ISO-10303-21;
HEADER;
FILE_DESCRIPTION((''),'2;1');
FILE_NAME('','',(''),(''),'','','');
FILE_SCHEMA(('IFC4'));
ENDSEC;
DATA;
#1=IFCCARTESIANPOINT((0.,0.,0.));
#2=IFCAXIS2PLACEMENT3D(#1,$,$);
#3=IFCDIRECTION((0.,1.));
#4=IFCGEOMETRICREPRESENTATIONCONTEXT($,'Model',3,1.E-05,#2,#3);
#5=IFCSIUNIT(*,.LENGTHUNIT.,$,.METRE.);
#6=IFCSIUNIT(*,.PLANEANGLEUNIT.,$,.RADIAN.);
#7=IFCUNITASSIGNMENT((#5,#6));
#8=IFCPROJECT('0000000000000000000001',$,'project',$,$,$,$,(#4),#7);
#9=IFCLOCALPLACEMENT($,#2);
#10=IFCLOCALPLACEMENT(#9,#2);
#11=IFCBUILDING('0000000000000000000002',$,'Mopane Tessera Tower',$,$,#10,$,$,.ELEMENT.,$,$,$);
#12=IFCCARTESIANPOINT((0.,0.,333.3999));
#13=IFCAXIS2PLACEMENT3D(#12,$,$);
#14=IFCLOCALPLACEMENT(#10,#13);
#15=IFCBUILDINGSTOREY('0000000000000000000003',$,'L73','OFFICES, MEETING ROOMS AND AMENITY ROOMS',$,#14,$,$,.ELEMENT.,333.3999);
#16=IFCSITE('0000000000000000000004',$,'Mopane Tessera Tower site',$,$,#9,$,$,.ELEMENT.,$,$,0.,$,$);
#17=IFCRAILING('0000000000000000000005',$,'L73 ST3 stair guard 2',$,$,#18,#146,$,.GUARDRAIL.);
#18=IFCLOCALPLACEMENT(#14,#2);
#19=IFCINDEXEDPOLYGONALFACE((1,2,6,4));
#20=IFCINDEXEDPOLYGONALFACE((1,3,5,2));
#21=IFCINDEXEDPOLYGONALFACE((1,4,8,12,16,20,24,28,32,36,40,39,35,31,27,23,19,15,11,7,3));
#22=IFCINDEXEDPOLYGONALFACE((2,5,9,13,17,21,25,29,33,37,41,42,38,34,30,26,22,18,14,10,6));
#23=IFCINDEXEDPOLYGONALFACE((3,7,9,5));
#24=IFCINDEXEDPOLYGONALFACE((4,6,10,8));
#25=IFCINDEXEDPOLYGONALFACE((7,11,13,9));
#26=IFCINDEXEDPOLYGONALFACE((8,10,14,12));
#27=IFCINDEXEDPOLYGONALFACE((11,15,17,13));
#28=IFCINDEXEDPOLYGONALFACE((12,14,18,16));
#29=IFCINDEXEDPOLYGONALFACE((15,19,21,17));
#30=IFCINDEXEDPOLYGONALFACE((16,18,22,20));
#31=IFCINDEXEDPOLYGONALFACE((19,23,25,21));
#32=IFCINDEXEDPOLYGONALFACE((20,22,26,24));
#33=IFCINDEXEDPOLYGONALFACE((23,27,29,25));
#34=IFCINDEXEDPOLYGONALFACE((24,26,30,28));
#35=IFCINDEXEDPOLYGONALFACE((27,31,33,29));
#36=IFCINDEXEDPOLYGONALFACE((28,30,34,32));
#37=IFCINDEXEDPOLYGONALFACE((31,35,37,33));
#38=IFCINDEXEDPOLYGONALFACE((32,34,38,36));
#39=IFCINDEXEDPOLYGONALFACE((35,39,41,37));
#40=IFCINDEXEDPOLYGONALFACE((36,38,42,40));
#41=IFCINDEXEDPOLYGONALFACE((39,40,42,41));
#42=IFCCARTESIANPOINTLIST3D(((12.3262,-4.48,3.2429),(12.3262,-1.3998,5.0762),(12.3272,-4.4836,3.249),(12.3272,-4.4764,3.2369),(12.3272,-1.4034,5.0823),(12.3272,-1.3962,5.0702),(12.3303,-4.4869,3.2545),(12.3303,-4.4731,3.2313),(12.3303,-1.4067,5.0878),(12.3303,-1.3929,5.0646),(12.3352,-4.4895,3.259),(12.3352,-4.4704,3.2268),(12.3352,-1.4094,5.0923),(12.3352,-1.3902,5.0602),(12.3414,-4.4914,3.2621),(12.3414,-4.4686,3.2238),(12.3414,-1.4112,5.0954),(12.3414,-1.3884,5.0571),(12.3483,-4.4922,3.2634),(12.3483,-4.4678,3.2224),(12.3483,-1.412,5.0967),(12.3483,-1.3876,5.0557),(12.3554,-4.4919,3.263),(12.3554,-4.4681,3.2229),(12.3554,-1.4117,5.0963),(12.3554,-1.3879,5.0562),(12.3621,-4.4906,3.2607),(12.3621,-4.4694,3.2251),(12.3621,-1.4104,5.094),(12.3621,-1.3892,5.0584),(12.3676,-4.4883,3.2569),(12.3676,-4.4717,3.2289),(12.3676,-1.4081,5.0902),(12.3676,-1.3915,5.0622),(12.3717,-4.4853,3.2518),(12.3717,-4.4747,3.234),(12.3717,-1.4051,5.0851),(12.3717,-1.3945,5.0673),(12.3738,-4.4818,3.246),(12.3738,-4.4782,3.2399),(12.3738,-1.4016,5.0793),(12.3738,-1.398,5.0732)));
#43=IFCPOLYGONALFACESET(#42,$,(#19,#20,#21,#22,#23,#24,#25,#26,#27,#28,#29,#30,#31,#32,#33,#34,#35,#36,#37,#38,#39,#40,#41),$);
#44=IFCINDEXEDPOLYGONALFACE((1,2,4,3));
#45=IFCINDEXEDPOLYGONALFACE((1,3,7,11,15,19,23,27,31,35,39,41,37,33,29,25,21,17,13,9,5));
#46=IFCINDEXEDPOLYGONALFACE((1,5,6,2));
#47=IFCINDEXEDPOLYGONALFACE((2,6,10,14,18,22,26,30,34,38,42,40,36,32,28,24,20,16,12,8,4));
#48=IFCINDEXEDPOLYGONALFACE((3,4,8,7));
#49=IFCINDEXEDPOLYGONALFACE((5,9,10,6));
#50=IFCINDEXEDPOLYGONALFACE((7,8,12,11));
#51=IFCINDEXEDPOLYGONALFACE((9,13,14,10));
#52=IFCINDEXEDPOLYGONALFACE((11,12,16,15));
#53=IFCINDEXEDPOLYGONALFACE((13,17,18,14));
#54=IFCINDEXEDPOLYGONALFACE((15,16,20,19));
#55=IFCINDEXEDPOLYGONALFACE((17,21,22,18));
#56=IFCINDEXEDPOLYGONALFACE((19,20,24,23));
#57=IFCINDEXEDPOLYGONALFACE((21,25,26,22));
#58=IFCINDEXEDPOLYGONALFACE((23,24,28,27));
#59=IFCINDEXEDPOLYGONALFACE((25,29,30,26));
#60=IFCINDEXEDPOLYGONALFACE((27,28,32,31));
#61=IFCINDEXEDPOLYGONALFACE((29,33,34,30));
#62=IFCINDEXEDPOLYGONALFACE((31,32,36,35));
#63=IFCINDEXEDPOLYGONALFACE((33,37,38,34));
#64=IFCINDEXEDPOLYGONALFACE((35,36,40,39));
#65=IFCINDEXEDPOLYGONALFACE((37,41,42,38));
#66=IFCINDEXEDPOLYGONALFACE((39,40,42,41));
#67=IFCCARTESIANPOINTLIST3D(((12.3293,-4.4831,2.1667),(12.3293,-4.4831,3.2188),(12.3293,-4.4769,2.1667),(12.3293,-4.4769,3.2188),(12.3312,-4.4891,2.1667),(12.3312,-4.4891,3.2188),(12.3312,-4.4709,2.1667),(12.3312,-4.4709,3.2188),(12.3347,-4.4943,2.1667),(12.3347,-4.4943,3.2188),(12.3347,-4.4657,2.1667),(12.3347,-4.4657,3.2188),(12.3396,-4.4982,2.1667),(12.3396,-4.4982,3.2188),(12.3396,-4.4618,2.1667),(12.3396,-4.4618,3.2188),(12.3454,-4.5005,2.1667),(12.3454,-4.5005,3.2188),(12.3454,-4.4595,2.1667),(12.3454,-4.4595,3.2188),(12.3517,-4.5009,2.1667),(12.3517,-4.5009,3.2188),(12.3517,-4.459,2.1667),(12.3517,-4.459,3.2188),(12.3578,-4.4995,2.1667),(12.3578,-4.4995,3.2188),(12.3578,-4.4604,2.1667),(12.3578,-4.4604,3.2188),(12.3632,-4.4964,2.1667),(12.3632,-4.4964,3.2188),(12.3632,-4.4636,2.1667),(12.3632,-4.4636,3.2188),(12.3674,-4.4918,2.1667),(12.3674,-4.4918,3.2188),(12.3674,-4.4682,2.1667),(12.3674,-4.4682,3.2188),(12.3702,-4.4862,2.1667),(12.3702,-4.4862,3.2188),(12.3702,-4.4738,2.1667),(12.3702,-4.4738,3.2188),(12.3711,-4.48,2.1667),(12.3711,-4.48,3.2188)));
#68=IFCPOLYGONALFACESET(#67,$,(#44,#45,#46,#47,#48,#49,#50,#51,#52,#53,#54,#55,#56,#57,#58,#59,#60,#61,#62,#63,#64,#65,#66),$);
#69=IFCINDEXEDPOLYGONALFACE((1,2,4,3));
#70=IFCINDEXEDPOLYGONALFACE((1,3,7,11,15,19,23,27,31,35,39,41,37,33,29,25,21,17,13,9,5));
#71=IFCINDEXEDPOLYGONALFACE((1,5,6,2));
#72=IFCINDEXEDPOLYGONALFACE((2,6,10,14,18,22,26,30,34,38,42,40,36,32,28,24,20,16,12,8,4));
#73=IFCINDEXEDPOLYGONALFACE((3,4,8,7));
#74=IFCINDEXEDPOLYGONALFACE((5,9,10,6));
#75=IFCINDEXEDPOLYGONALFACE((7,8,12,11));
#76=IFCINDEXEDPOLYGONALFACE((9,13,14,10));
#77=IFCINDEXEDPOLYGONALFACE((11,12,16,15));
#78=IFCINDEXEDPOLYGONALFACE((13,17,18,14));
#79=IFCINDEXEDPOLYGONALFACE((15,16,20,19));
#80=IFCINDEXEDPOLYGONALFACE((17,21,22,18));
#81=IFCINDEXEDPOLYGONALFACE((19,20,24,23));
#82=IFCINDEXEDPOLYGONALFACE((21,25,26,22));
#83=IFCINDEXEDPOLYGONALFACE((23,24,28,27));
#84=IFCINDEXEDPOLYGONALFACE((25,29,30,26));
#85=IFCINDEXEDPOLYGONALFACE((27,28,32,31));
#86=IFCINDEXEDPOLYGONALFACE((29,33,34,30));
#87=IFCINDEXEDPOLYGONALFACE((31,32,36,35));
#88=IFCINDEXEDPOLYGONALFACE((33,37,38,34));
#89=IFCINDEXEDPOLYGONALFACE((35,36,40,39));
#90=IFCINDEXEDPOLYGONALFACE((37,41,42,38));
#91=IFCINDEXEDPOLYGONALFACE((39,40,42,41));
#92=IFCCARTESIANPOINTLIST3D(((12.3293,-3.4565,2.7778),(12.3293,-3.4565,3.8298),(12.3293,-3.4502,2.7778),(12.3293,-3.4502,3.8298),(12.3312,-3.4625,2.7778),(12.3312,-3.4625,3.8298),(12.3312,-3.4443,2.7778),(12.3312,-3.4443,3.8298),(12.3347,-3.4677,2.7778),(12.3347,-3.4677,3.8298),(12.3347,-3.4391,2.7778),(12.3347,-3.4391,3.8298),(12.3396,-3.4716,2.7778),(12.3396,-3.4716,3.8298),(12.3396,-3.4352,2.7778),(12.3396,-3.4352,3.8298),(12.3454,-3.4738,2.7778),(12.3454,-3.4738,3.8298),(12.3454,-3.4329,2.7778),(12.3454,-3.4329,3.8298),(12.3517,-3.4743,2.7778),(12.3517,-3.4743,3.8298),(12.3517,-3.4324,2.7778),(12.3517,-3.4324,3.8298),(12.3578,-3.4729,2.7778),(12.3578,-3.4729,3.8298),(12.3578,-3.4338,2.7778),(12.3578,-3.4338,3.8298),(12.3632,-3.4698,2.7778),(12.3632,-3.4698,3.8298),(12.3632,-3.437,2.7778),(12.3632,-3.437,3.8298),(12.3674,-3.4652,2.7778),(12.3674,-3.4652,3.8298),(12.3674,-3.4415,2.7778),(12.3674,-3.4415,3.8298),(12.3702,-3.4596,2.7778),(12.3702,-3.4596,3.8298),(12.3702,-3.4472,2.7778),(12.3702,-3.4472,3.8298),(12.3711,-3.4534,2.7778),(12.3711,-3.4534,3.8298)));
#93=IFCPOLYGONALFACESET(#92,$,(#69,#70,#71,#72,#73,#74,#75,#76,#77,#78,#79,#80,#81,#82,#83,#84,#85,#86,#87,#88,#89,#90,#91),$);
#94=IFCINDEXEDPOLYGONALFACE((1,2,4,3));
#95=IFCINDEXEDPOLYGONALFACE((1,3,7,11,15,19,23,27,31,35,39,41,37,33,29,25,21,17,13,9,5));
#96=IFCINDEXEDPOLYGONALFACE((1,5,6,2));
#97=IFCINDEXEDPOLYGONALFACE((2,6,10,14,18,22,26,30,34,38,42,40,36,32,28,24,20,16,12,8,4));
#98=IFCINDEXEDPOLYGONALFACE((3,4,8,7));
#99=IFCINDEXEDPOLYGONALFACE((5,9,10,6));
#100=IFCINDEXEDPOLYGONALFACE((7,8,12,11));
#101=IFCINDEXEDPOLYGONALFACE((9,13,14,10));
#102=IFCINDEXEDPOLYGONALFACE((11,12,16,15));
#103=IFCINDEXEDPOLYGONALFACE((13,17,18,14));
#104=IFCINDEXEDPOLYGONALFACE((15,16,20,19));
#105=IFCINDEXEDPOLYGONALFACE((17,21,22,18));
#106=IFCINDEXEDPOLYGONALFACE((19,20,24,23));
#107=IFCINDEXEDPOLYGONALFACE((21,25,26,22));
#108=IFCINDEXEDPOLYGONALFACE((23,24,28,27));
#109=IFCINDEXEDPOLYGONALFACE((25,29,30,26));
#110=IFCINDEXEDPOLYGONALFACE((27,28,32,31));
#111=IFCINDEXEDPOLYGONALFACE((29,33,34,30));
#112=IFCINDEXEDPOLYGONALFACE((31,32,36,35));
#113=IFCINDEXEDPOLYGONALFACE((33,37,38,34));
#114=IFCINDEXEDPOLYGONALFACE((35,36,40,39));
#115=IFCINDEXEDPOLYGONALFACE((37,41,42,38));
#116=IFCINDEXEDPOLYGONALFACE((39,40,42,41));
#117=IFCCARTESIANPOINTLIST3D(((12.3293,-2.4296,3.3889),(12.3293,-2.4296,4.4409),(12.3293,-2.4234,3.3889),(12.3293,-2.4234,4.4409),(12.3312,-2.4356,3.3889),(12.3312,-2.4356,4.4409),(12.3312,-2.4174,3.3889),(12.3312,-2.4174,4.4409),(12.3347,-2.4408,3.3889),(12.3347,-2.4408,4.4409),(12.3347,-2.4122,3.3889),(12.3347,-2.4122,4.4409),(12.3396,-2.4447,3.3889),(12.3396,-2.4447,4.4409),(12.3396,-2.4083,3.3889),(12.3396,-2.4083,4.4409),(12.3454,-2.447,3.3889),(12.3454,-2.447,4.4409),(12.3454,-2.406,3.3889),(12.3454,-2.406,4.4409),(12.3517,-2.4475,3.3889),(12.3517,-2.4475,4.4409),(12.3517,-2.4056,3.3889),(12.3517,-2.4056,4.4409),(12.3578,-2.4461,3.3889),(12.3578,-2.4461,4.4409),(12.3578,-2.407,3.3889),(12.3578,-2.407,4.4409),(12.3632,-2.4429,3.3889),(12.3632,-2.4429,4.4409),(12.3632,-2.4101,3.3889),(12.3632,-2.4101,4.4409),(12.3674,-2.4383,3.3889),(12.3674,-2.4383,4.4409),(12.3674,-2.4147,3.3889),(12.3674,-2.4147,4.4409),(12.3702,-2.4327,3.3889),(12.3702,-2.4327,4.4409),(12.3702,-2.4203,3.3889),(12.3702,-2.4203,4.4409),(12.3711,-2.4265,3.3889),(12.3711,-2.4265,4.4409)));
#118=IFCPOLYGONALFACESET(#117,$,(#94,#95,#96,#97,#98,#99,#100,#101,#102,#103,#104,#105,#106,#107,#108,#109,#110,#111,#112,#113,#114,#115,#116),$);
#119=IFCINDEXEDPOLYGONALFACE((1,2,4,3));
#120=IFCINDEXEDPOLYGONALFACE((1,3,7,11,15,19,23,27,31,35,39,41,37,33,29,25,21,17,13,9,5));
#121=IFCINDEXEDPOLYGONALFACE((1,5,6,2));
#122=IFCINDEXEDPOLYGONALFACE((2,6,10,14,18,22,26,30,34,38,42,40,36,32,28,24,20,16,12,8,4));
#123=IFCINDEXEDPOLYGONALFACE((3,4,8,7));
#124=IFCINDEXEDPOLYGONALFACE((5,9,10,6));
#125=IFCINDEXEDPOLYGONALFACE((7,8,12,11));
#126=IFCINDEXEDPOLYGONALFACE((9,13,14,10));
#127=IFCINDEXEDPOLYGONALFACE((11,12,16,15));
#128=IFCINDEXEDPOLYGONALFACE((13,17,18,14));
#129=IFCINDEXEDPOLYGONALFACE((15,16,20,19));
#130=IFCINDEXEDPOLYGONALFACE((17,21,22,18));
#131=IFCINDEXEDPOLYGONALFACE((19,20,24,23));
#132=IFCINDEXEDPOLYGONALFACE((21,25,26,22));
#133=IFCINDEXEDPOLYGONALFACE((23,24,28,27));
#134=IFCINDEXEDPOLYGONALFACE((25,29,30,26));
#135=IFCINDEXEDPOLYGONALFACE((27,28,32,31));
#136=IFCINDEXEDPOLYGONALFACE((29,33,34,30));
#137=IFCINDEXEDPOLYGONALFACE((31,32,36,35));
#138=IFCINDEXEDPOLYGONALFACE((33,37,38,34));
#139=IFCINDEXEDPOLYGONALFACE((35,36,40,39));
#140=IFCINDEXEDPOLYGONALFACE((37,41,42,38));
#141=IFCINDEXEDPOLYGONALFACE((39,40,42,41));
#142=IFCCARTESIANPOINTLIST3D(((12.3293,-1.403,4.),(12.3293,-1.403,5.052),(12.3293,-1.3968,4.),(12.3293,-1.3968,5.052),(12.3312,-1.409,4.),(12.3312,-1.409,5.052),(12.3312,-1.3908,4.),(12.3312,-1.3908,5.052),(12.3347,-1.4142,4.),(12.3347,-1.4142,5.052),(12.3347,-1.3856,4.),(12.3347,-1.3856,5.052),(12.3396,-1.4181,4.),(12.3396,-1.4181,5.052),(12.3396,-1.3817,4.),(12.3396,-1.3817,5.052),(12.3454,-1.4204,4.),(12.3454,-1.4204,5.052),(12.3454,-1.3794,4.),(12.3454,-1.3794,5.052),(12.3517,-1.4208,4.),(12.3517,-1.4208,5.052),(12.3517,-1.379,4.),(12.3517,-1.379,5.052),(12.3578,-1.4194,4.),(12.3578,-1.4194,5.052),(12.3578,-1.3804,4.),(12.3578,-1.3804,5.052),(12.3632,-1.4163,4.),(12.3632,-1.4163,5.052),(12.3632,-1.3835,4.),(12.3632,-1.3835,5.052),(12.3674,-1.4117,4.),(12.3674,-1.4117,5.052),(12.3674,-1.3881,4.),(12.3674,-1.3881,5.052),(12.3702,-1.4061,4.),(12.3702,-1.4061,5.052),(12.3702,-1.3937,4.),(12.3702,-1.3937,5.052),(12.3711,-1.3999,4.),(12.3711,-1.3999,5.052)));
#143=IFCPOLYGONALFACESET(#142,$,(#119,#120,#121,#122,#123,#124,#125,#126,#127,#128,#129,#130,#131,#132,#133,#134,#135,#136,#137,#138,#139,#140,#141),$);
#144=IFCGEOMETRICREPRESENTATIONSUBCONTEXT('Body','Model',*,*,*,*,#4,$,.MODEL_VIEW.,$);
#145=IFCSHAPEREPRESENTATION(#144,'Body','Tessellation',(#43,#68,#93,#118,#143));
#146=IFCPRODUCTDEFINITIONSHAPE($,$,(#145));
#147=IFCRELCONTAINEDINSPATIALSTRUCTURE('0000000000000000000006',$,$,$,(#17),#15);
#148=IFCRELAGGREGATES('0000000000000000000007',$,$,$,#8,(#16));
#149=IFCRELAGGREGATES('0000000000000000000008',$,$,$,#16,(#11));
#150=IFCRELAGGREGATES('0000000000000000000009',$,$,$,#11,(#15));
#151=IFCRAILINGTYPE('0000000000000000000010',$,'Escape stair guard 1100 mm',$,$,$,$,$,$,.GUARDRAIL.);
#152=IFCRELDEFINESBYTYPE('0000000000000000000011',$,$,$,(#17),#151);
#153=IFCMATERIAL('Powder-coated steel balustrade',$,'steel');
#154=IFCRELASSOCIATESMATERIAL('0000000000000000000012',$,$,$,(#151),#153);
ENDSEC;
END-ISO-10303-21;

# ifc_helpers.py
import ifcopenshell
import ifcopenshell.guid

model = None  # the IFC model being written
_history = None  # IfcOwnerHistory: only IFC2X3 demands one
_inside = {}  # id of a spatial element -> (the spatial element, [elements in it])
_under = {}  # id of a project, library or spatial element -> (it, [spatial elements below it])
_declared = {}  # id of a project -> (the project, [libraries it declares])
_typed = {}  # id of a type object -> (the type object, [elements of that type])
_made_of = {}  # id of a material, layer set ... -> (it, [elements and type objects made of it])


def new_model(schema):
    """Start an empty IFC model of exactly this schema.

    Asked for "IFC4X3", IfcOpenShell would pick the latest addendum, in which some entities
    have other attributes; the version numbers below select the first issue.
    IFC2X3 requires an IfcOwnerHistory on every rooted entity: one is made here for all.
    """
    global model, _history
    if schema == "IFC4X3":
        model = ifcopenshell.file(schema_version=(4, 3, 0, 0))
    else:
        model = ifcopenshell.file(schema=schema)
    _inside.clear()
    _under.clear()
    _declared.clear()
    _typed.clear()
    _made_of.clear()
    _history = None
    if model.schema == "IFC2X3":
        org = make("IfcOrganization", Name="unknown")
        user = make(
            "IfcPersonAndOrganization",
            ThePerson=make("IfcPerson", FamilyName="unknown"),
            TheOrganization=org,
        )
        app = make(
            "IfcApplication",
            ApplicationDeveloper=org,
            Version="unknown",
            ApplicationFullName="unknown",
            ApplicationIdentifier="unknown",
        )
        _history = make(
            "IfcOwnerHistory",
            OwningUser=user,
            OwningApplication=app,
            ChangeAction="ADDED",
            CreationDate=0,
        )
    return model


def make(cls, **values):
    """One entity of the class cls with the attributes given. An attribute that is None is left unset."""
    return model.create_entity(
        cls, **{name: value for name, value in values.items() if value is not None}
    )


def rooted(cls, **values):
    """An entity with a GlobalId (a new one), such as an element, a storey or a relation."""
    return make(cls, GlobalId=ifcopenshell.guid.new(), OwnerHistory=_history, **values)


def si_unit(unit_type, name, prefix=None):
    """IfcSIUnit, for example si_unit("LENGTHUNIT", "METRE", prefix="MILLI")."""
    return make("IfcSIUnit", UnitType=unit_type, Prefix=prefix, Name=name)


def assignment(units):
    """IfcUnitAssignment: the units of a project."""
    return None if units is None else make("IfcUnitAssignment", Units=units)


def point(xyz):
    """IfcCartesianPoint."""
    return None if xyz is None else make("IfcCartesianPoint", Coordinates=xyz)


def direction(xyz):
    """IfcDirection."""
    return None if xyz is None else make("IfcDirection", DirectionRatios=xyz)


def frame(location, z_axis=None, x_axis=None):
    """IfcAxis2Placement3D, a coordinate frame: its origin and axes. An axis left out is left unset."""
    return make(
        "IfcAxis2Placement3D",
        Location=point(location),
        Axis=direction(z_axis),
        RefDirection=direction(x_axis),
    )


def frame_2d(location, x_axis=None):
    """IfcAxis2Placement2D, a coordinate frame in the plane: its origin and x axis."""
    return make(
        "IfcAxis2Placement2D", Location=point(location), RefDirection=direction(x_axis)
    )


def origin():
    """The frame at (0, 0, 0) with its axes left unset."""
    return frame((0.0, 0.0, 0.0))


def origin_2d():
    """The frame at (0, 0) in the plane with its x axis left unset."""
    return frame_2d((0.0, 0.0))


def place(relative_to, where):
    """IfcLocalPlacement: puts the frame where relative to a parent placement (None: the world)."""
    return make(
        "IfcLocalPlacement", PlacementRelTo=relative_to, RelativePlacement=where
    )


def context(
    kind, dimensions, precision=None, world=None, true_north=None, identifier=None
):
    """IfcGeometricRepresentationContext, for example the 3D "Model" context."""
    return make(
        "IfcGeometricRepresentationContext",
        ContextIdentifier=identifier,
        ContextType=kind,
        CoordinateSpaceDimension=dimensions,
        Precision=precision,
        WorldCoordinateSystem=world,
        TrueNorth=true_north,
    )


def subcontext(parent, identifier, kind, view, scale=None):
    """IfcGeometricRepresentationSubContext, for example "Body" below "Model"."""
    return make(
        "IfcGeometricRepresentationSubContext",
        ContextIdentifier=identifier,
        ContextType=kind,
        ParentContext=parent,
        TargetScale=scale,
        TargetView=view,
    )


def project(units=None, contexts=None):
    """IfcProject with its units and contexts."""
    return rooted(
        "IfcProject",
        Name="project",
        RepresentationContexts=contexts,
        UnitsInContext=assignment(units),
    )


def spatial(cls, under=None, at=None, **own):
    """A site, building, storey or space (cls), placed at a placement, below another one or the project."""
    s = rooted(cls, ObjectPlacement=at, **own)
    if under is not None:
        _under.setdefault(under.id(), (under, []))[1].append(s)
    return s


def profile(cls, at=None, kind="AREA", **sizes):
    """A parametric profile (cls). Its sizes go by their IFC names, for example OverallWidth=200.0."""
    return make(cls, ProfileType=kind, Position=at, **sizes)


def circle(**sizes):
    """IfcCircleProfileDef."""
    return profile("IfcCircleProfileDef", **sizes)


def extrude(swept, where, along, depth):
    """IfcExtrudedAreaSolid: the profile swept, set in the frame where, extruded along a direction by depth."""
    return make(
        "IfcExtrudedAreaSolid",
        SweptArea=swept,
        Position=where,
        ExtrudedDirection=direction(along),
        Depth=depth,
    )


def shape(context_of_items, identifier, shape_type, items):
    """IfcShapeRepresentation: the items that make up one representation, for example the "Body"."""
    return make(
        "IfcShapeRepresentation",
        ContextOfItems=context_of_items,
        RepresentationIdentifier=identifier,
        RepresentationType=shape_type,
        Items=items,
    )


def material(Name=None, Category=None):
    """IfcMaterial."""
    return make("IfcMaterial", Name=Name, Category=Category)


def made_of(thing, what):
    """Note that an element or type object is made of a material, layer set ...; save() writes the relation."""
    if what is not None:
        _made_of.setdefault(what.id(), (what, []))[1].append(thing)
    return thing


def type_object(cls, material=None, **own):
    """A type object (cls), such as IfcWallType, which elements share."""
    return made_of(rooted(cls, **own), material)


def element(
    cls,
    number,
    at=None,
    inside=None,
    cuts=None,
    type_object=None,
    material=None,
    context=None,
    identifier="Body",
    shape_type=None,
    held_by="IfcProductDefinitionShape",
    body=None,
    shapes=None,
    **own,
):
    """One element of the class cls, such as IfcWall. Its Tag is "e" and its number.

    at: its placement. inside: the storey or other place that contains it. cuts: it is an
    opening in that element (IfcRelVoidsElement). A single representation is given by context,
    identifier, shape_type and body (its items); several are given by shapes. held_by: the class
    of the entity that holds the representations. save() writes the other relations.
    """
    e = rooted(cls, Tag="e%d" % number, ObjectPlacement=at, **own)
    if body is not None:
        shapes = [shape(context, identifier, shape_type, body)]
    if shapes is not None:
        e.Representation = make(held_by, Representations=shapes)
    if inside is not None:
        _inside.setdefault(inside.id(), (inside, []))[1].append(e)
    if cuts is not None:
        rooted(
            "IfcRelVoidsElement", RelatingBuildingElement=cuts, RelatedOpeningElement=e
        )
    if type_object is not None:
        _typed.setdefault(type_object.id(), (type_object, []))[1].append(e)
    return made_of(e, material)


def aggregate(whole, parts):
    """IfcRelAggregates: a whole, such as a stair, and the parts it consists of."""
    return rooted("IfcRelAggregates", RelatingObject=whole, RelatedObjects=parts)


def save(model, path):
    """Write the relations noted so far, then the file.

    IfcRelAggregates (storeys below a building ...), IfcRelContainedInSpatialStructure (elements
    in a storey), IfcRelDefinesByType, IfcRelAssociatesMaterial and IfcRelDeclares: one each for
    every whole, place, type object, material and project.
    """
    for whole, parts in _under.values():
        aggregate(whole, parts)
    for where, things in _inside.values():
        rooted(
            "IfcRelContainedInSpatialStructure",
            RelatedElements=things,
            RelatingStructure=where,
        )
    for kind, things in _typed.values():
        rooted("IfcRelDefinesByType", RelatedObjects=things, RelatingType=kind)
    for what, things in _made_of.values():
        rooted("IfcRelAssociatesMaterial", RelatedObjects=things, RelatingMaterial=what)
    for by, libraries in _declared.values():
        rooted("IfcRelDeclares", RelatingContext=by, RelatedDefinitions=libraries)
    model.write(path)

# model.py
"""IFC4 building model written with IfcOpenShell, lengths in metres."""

from ifc_helpers import new_model, si_unit, direction, frame, origin, origin_2d, place, context, subcontext, project, spatial, circle, extrude, material, type_object, element, save


model = new_model("IFC4")

# Units and contexts
model_context = context("Model", 3, precision=1e-05, world=origin(), true_north=direction((0.0, 1.0)))
body_context = subcontext(model_context, "Body", "Model", "MODEL_VIEW")
ifc_project = project(units=[si_unit("LENGTHUNIT", "METRE"), si_unit("PLANEANGLEUNIT", "RADIAN")], contexts=[model_context])

# Site, building, storey
site_placement = place(None, origin())
site = spatial("IfcSite", under=ifc_project, at=site_placement, Name="Mopane Tessera Tower site", CompositionType="ELEMENT", RefElevation=0.0)
building_placement = place(site_placement, origin())
building = spatial("IfcBuilding", under=site, at=building_placement, Name="Mopane Tessera Tower", CompositionType="ELEMENT")
storey_placement = place(building_placement, frame((0.0, 0.0, 333.3999)))
storey = spatial("IfcBuildingStorey", under=building, at=storey_placement, Name="L73", Description="OFFICES, MEETING ROOMS AND AMENITY ROOMS", CompositionType="ELEMENT", Elevation=333.3999)

# Railing
ifc_material_1 = material(Name="Powder-coated steel balustrade", Category="steel")
railing_type_1 = type_object("IfcRailingType", Name="Escape stair guard 1100 mm", PredefinedType="GUARDRAIL", material=ifc_material_1)
railing_1_placement = place(storey_placement, frame((12.3501, -4.48, 2.1667)))
element("IfcRailing", 1, at=railing_1_placement, inside=storey, type_object=railing_type_1, Name="L73 ST3 stair guard 2", PredefinedType="GUARDRAIL", context=body_context, shape_type="SweptSolid", body=[
    extrude(circle(Radius=0.0239, at=origin_2d()), frame((0.0, 0.0, 1.0762), z_axis=(0.0, 0.859309, 0.511458), x_axis=(-1.0, 0.0, 0.0)), (0.0, 0.0, 1.0), 3.5845),
    extrude(circle(Radius=0.021, at=origin_2d()), origin(), (0.0, 0.0, 1.0), 1.052),
    extrude(circle(Radius=0.021, at=origin_2d()), frame((0.0, 1.0266, 0.6111)), (0.0, 0.0, 1.0), 1.052),
    extrude(circle(Radius=0.021, at=origin_2d()), frame((0.0, 2.0535, 1.2222)), (0.0, 0.0, 1.0), 1.052),
    extrude(circle(Radius=0.021, at=origin_2d()), frame((0.0, 3.0801, 1.8333)), (0.0, 0.0, 1.0), 1.052),
])

save(model, "model.ifc")
